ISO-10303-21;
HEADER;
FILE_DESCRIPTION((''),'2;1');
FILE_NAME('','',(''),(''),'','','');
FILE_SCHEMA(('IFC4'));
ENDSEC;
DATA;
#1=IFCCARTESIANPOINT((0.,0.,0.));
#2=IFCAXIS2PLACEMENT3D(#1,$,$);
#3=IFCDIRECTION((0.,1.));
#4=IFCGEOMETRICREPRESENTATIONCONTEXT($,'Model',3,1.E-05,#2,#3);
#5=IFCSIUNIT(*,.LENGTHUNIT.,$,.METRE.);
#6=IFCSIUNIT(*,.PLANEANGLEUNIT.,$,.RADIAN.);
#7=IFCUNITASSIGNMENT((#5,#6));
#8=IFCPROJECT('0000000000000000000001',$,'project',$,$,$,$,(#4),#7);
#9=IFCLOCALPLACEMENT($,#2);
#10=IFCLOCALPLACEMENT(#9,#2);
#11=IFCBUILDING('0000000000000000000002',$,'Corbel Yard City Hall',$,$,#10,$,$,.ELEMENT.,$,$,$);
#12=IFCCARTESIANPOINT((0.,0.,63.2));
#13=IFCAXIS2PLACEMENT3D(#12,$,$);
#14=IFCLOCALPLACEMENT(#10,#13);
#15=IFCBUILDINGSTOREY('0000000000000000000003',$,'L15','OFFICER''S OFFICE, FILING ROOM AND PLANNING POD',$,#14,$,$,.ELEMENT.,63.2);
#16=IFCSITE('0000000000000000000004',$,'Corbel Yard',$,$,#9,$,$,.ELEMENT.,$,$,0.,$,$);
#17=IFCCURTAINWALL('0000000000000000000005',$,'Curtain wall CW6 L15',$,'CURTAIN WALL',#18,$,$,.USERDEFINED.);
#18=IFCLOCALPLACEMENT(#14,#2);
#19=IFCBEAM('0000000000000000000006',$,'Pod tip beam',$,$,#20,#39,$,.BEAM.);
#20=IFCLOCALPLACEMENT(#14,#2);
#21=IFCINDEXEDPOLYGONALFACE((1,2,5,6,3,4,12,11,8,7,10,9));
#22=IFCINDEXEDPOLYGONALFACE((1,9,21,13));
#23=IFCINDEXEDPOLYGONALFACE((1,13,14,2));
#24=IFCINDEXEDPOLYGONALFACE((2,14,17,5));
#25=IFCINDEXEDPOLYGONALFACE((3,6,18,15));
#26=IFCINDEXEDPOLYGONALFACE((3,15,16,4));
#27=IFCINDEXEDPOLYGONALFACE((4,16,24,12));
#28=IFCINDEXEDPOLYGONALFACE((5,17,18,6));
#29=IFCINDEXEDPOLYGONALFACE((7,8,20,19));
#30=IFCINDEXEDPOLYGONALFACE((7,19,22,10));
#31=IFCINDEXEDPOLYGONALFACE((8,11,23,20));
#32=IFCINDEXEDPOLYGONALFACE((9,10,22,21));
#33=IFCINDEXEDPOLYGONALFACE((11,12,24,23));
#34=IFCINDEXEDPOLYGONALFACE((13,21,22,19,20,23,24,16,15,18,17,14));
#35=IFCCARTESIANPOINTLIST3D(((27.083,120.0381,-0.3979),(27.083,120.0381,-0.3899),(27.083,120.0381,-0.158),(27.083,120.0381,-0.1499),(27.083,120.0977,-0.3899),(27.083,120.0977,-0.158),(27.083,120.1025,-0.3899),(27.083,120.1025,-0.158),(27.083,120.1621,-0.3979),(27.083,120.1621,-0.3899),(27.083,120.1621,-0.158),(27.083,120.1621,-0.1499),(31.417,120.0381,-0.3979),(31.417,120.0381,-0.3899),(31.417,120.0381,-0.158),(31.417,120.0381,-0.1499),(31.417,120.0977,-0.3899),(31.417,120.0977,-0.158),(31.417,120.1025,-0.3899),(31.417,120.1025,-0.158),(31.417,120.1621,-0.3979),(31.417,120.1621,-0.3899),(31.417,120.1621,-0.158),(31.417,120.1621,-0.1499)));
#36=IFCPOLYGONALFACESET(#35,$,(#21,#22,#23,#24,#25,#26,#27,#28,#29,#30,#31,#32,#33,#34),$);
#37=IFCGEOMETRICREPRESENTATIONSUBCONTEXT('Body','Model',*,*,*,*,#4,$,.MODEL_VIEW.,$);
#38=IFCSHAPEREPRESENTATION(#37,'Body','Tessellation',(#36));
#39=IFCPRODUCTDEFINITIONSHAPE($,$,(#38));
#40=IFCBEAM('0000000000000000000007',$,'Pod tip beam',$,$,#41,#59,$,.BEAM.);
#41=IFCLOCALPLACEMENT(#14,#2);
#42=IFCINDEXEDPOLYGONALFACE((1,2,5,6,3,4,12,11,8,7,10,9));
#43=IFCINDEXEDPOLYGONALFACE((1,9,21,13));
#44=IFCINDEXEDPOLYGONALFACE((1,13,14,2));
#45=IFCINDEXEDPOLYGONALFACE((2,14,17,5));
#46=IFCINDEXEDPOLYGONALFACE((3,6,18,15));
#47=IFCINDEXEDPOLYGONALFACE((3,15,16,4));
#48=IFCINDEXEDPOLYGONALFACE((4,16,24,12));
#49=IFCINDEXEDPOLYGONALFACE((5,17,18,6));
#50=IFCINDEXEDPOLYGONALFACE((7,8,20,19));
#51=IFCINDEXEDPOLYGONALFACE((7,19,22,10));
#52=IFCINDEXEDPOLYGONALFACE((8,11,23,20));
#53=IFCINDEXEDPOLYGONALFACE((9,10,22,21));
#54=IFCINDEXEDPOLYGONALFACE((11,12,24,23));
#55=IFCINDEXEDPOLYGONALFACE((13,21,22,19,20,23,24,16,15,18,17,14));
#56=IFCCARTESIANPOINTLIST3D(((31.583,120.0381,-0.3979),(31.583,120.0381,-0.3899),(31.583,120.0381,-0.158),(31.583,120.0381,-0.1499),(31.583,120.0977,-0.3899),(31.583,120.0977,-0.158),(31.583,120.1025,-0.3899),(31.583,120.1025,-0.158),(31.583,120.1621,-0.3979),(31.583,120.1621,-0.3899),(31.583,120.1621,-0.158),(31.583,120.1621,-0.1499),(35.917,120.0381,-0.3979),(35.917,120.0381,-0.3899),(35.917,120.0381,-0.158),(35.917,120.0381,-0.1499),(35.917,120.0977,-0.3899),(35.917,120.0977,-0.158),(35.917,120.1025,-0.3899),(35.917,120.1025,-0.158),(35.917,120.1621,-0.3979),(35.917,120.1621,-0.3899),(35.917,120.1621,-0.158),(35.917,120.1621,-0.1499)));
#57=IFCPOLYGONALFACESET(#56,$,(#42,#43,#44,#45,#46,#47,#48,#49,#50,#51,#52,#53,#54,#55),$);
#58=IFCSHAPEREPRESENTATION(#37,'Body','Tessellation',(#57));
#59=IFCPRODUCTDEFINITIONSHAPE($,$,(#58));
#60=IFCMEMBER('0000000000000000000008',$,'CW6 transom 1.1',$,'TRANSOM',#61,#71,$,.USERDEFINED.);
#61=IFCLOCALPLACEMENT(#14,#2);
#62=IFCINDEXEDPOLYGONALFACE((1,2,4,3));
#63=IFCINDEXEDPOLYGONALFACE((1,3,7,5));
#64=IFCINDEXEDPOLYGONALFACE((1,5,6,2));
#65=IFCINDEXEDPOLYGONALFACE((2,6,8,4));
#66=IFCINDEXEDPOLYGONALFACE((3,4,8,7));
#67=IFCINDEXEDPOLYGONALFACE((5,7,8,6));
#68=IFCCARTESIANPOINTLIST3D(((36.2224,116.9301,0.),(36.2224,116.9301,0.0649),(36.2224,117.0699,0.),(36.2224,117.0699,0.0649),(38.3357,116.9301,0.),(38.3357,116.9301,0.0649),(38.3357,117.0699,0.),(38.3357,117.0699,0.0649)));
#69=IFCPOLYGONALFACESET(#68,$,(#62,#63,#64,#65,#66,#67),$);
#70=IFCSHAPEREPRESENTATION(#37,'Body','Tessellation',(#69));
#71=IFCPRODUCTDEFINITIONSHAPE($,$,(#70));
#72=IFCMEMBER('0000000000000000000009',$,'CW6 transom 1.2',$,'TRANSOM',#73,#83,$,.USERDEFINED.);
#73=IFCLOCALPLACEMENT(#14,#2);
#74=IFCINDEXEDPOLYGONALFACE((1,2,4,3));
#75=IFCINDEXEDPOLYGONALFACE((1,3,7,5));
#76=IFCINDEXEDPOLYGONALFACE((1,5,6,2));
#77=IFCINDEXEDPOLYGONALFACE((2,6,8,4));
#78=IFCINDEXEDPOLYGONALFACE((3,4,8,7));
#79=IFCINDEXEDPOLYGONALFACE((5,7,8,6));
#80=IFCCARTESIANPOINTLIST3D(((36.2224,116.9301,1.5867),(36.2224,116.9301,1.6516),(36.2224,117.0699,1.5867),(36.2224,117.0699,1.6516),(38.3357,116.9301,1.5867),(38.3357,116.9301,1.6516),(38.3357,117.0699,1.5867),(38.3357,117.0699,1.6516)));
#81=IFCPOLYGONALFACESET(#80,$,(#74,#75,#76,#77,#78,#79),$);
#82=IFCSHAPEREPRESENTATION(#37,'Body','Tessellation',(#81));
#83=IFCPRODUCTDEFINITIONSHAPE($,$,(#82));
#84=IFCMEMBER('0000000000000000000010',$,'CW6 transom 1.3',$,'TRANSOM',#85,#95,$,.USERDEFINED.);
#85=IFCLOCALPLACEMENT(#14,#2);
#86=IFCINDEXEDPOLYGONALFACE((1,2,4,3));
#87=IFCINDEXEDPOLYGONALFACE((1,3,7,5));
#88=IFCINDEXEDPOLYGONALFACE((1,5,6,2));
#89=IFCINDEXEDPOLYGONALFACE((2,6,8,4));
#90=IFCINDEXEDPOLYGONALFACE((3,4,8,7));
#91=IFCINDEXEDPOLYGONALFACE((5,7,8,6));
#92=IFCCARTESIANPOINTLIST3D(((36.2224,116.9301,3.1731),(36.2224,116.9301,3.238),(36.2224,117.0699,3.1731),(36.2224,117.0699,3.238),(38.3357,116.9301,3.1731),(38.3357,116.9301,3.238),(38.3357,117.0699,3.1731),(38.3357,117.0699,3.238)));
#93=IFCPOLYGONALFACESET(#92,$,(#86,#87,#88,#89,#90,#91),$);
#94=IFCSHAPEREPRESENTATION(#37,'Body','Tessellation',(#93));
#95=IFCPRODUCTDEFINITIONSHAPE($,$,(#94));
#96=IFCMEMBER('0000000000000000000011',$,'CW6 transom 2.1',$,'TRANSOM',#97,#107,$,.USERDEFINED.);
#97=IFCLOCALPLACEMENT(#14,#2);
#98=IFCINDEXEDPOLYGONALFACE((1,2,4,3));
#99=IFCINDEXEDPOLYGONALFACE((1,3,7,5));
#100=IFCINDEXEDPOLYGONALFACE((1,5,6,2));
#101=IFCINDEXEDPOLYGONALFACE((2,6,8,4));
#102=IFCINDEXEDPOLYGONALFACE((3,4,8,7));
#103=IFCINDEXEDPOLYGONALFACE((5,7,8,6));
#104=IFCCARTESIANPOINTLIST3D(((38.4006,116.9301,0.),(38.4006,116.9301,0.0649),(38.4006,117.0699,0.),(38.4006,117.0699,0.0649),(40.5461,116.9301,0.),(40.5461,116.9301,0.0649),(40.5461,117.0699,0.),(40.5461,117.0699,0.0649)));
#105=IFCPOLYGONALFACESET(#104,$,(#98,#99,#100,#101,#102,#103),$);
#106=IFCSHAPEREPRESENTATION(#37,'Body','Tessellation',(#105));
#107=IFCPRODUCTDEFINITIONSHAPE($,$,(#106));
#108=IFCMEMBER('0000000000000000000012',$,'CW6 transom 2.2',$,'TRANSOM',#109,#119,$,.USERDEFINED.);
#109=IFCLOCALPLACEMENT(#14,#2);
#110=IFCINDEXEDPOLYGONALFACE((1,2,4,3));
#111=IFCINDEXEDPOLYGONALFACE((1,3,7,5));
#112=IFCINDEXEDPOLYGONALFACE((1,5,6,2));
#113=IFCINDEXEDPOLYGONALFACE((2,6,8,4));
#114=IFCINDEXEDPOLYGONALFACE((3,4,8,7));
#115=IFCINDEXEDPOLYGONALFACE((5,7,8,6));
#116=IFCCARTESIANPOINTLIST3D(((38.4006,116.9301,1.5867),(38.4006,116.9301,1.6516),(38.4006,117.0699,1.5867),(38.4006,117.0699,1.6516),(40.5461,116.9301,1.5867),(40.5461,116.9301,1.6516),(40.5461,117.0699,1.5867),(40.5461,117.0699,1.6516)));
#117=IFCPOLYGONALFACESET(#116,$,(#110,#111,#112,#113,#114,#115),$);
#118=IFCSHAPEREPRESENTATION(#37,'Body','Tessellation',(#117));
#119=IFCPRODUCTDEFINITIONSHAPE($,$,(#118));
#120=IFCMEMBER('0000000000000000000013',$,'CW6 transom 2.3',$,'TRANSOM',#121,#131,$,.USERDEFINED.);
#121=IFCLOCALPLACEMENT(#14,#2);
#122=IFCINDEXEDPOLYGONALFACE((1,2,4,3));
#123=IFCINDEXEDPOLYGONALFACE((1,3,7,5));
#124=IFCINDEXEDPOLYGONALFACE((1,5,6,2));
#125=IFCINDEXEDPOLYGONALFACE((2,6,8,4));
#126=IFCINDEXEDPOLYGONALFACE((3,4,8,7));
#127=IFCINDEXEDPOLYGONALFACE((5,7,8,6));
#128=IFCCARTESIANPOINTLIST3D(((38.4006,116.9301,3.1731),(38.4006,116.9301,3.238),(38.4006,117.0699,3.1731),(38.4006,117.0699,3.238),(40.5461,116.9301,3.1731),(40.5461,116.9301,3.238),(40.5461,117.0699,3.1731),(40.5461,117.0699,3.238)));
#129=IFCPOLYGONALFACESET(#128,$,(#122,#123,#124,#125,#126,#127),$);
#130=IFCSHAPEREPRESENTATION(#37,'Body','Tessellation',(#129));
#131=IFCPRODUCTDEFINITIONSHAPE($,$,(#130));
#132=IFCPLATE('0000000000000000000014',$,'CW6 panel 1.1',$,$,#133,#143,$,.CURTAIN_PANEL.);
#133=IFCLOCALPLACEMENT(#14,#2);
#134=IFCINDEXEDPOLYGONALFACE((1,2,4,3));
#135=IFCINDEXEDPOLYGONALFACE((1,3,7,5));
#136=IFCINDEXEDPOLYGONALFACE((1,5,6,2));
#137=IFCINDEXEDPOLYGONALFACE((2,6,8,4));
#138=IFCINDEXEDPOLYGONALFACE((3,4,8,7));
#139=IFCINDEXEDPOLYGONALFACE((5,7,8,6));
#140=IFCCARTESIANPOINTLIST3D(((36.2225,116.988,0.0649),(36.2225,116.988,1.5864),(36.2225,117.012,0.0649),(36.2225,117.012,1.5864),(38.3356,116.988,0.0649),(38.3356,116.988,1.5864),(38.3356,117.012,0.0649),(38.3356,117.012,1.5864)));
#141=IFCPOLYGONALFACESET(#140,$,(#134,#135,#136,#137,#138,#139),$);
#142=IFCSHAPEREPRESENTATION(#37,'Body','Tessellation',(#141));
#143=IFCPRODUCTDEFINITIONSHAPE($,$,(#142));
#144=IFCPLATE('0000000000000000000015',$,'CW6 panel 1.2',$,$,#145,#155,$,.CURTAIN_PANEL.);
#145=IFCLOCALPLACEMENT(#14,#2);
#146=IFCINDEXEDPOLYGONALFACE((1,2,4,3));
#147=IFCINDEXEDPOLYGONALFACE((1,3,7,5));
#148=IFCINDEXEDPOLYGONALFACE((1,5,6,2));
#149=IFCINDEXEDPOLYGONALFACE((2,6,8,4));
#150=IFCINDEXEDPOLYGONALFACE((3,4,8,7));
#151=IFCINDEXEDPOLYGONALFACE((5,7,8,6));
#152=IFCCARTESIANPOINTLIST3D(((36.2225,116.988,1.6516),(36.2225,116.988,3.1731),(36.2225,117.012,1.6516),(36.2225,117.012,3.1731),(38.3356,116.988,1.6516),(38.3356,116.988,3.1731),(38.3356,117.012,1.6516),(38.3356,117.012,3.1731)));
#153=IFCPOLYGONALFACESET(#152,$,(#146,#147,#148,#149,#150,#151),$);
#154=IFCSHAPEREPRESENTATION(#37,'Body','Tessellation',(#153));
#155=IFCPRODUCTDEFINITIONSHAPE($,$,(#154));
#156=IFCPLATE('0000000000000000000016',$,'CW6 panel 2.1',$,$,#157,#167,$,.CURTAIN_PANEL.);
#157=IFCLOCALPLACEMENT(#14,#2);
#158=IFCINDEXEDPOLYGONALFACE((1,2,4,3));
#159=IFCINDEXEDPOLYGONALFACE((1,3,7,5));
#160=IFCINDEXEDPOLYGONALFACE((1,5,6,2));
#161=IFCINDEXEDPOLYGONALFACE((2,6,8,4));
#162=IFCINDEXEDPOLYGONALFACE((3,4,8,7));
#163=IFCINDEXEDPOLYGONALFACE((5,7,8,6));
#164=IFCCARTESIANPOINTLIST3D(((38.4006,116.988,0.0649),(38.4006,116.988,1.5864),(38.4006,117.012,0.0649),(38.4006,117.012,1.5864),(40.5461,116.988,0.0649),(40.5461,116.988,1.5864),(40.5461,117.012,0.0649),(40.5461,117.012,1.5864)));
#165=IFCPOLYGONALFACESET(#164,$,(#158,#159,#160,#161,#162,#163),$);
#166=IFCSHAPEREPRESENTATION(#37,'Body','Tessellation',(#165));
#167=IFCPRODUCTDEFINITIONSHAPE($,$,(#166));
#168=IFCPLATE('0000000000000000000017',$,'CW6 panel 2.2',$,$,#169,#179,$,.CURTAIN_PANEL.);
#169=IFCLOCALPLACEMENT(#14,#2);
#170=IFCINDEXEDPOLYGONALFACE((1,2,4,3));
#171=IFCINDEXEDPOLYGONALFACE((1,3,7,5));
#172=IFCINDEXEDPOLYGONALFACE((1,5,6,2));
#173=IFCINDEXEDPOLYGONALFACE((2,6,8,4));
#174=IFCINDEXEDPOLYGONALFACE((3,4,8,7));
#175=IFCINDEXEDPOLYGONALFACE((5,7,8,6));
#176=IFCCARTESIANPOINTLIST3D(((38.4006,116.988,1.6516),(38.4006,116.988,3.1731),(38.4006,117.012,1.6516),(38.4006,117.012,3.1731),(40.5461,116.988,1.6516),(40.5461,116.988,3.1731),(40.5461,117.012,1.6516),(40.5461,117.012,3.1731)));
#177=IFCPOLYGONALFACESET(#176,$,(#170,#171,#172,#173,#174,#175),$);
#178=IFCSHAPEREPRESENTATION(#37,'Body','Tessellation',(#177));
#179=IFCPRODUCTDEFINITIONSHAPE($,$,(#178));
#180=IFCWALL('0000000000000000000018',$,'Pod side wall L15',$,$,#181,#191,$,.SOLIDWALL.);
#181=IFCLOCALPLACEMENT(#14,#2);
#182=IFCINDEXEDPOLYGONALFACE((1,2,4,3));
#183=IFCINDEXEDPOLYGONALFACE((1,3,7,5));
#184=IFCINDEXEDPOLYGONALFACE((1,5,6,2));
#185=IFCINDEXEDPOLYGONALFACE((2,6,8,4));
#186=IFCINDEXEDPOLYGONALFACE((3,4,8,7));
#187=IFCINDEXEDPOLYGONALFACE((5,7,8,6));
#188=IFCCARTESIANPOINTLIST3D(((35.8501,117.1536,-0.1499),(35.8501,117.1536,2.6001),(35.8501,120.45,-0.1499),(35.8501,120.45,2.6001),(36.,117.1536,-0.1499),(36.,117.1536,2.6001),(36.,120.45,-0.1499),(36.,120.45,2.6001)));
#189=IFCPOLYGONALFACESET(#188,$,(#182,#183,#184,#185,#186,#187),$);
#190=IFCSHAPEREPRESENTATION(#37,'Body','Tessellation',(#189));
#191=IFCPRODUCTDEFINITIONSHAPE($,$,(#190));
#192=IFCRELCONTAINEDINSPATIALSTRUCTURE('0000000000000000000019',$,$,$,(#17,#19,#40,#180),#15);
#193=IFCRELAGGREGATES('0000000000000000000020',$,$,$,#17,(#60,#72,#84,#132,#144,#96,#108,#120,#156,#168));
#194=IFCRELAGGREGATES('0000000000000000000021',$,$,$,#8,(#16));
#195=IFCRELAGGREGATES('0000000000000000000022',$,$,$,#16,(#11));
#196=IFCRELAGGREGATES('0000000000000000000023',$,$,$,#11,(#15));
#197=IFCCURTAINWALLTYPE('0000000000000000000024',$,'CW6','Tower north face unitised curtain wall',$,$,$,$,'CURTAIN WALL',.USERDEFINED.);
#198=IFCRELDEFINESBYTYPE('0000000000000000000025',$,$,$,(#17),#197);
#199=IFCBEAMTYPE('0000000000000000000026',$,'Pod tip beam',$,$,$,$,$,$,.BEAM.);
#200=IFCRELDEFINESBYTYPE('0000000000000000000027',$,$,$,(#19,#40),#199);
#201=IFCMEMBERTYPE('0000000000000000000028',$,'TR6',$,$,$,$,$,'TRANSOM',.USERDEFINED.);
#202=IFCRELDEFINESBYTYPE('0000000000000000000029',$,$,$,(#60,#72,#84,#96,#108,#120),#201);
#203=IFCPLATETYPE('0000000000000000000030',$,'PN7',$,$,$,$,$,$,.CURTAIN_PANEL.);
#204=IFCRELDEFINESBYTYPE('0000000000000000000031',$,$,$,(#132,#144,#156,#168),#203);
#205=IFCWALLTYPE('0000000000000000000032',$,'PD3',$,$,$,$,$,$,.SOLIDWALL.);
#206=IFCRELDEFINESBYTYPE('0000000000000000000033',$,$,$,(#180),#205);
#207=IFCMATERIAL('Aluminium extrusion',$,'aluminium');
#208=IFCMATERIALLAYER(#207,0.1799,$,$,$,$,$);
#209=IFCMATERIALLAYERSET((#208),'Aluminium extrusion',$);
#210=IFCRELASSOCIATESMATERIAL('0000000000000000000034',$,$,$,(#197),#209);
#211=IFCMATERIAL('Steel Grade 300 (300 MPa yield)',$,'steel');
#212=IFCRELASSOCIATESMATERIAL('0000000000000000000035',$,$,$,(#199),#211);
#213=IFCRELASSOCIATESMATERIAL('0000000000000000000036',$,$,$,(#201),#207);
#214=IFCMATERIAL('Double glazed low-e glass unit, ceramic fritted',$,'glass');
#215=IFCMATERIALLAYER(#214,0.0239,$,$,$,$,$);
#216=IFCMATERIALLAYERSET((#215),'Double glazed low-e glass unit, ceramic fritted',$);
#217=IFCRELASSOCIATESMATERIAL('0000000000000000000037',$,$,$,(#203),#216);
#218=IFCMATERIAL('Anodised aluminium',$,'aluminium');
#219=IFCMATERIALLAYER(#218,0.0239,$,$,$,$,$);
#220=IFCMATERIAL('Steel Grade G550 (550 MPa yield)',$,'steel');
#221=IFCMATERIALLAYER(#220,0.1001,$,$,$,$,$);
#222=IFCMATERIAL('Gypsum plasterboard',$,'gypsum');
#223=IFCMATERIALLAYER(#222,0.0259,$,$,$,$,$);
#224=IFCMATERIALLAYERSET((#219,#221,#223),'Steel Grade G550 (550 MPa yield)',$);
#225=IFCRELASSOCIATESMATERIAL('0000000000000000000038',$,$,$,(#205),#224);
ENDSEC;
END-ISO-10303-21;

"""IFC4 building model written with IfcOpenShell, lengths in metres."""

from ifc_helpers import new_model, si_unit, direction, frame, frame_2d, origin, origin_2d, place, context, subcontext, project, spatial, rectangle, i_section, extrude, material, layer, layer_set, material_profile, profile_set, type_object, element, aggregate, save


model = new_model("IFC4")

# Units and contexts
model_context = context("Model", 3, precision=1e-05, world=origin(), true_north=direction((0.0, 1.0)))
body_context = subcontext(model_context, "Body", "Model", "MODEL_VIEW")
ifc_project = project(units=[si_unit("LENGTHUNIT", "METRE"), si_unit("PLANEANGLEUNIT", "RADIAN")], contexts=[model_context])

# Site, building, storey
site_placement = place(None, origin())
site = spatial("IfcSite", under=ifc_project, at=site_placement, Name="Corbel Yard", CompositionType="ELEMENT", RefElevation=0.0)
building_placement = place(site_placement, origin())
building = spatial("IfcBuilding", under=site, at=building_placement, Name="Corbel Yard City Hall", CompositionType="ELEMENT")
storey_placement = place(building_placement, frame((0.0, 0.0, 63.2)))
storey = spatial("IfcBuildingStorey", under=building, at=storey_placement, Name="L15", Description="OFFICER'S OFFICE, FILING ROOM AND PLANNING POD", CompositionType="ELEMENT", Elevation=63.2)

# Shared definitions
ifc_material_1 = material(Name="Steel Grade 300 (300 MPa yield)", Category="steel")

# Curtain wall
ifc_material_2 = material(Name="Aluminium extrusion", Category="aluminium")
ifc_layer_1 = layer(ifc_material_2, 0.1799)
ifc_layer_set_1 = layer_set([ifc_layer_1], Name="Aluminium extrusion")
curtain_wall_type = type_object("IfcCurtainWallType", Name="CW6", Description="Tower north face unitised curtain wall", ElementType="CURTAIN WALL", PredefinedType="USERDEFINED", material=ifc_layer_set_1)
curtain_wall_placement = place(storey_placement, origin())
curtain_wall = element("IfcCurtainWall", 1, at=curtain_wall_placement, inside=storey, type_object=curtain_wall_type, Name="Curtain wall CW6 L15", ObjectType="CURTAIN WALL", PredefinedType="USERDEFINED")

# Beams
ifc_material_profile_1 = material_profile(ifc_material_1, i_section(OverallWidth=0.124, OverallDepth=0.248, WebThickness=0.0049, FlangeThickness=0.0081, at=origin_2d()), Name="250UB25.7")
ifc_profile_set_1 = profile_set([ifc_material_profile_1], Name="Steel Grade 300 (300 MPa yield)")
beam_type_1 = type_object("IfcBeamType", Name="Pod tip beam", PredefinedType="BEAM", material=ifc_profile_set_1)
for number, where, z_axis, x_axis, name in (
    (2, (27.083, 120.1001, -0.2739), (1.0, 0.0, 0.0), (0.0, 1.0, 0.0), "Pod tip beam"),
    (3, (31.583, 120.1001, -0.2739), (1.0, 0.0, 0.0), (0.0, 1.0, 0.0), "Pod tip beam"),
):
    element("IfcBeam", number, at=place(storey_placement, frame(where, z_axis=z_axis, x_axis=x_axis)), inside=storey, type_object=beam_type_1, Name=name, PredefinedType="BEAM", context=body_context, shape_type="SweptSolid", body=[
        extrude(i_section(OverallWidth=0.124, OverallDepth=0.248, WebThickness=0.0049, FlangeThickness=0.0081, at=origin_2d()), origin(), (0.0, 0.0, 1.0), 4.334),
    ])

# Members
ifc_material_profile_2 = material_profile(ifc_material_2, rectangle(XDim=0.1399, YDim=0.0649, at=origin_2d()), Name="140x65")
ifc_profile_set_2 = profile_set([ifc_material_profile_2], Name="Aluminium extrusion")
member_type_1 = type_object("IfcMemberType", Name="TR6", ElementType="TRANSOM", PredefinedType="USERDEFINED", material=ifc_profile_set_2)
member_1_placement = place(storey_placement, frame((36.2224, 117.0, 0.0325), z_axis=(1.0, 0.0, 0.0), x_axis=(0.0, 1.0, 0.0)))
member_1 = element("IfcMember", 4, at=member_1_placement, type_object=member_type_1, Name="CW6 transom 1.1", ObjectType="TRANSOM", PredefinedType="USERDEFINED", context=body_context, shape_type="SweptSolid", body=[
    extrude(rectangle(XDim=0.1399, YDim=0.0649, at=origin_2d()), origin(), (0.0, 0.0, 1.0), 2.1133),
])
member_2_placement = place(storey_placement, frame((36.2224, 117.0, 1.6191), z_axis=(1.0, 0.0, 0.0), x_axis=(0.0, 1.0, 0.0)))
member_2 = element("IfcMember", 5, at=member_2_placement, type_object=member_type_1, Name="CW6 transom 1.2", ObjectType="TRANSOM", PredefinedType="USERDEFINED", context=body_context, shape_type="SweptSolid", body=[
    extrude(rectangle(XDim=0.1399, YDim=0.0649, at=origin_2d()), origin(), (0.0, 0.0, 1.0), 2.1133),
])
member_3_placement = place(storey_placement, frame((36.2224, 117.0, 3.2056), z_axis=(1.0, 0.0, 0.0), x_axis=(0.0, 1.0, 0.0)))
member_3 = element("IfcMember", 6, at=member_3_placement, type_object=member_type_1, Name="CW6 transom 1.3", ObjectType="TRANSOM", PredefinedType="USERDEFINED", context=body_context, shape_type="SweptSolid", body=[
    extrude(rectangle(XDim=0.1399, YDim=0.0649, at=origin_2d()), origin(), (0.0, 0.0, 1.0), 2.1133),
])
member_4_placement = place(storey_placement, frame((38.4006, 117.0, 0.0325), z_axis=(1.0, 0.0, 0.0), x_axis=(0.0, 1.0, 0.0)))
member_4 = element("IfcMember", 7, at=member_4_placement, type_object=member_type_1, Name="CW6 transom 2.1", ObjectType="TRANSOM", PredefinedType="USERDEFINED", context=body_context, shape_type="SweptSolid", body=[
    extrude(rectangle(XDim=0.1399, YDim=0.0649, at=origin_2d()), origin(), (0.0, 0.0, 1.0), 2.1455),
])
member_5_placement = place(storey_placement, frame((38.4006, 117.0, 1.6191), z_axis=(1.0, 0.0, 0.0), x_axis=(0.0, 1.0, 0.0)))
member_5 = element("IfcMember", 8, at=member_5_placement, type_object=member_type_1, Name="CW6 transom 2.2", ObjectType="TRANSOM", PredefinedType="USERDEFINED", context=body_context, shape_type="SweptSolid", body=[
    extrude(rectangle(XDim=0.1399, YDim=0.0649, at=origin_2d()), origin(), (0.0, 0.0, 1.0), 2.1455),
])
member_6_placement = place(storey_placement, frame((38.4006, 117.0, 3.2056), z_axis=(1.0, 0.0, 0.0), x_axis=(0.0, 1.0, 0.0)))
member_6 = element("IfcMember", 9, at=member_6_placement, type_object=member_type_1, Name="CW6 transom 2.3", ObjectType="TRANSOM", PredefinedType="USERDEFINED", context=body_context, shape_type="SweptSolid", body=[
    extrude(rectangle(XDim=0.1399, YDim=0.0649, at=origin_2d()), origin(), (0.0, 0.0, 1.0), 2.1455),
])

# Plates
ifc_material_3 = material(Name="Double glazed low-e glass unit, ceramic fritted", Category="glass")
ifc_layer_2 = layer(ifc_material_3, 0.0239)
ifc_layer_set_2 = layer_set([ifc_layer_2], Name="Double glazed low-e glass unit, ceramic fritted")
plate_type = type_object("IfcPlateType", Name="PN7", PredefinedType="CURTAIN_PANEL", material=ifc_layer_set_2)
plate_1_placement = place(storey_placement, frame((37.2791, 117.0, 0.0649), z_axis=(0.0, 0.0, 1.0), x_axis=(1.0, 0.0, 0.0)))
plate_1 = element("IfcPlate", 10, at=plate_1_placement, type_object=plate_type, Name="CW6 panel 1.1", PredefinedType="CURTAIN_PANEL", context=body_context, shape_type="SweptSolid", body=[
    extrude(rectangle(XDim=2.113, YDim=0.0239, at=origin_2d()), origin(), (0.0, 0.0, 1.0), 1.5215),
])
plate_2_placement = place(storey_placement, frame((37.2791, 117.0, 1.6516), z_axis=(0.0, 0.0, 1.0), x_axis=(1.0, 0.0, 0.0)))
plate_2 = element("IfcPlate", 11, at=plate_2_placement, type_object=plate_type, Name="CW6 panel 1.2", PredefinedType="CURTAIN_PANEL", context=body_context, shape_type="SweptSolid", body=[
    extrude(rectangle(XDim=2.113, YDim=0.0239, at=origin_2d()), origin(), (0.0, 0.0, 1.0), 1.5215),
])
plate_3_placement = place(storey_placement, frame((39.4734, 117.0, 0.0649), z_axis=(0.0, 0.0, 1.0), x_axis=(1.0, 0.0, 0.0)))
plate_3 = element("IfcPlate", 12, at=plate_3_placement, type_object=plate_type, Name="CW6 panel 2.1", PredefinedType="CURTAIN_PANEL", context=body_context, shape_type="SweptSolid", body=[
    extrude(rectangle(XDim=2.1455, YDim=0.0239, at=origin_2d()), origin(), (0.0, 0.0, 1.0), 1.5215),
])
plate_4_placement = place(storey_placement, frame((39.4734, 117.0, 1.6516), z_axis=(0.0, 0.0, 1.0), x_axis=(1.0, 0.0, 0.0)))
plate_4 = element("IfcPlate", 13, at=plate_4_placement, type_object=plate_type, Name="CW6 panel 2.2", PredefinedType="CURTAIN_PANEL", context=body_context, shape_type="SweptSolid", body=[
    extrude(rectangle(XDim=2.1455, YDim=0.0239, at=origin_2d()), origin(), (0.0, 0.0, 1.0), 1.5215),
])
aggregate(curtain_wall, [member_1, member_2, member_3, plate_1, plate_2, member_4, member_5, member_6, plate_3, plate_4])

# Wall
ifc_material_4 = material(Name="Anodised aluminium", Category="aluminium")
ifc_layer_3 = layer(ifc_material_4, 0.0239)
ifc_material_5 = material(Name="Steel Grade G550 (550 MPa yield)", Category="steel")
ifc_layer_4 = layer(ifc_material_5, 0.1001)
ifc_material_6 = material(Name="Gypsum plasterboard", Category="gypsum")
ifc_layer_5 = layer(ifc_material_6, 0.0259)
ifc_layer_set_3 = layer_set([ifc_layer_3, ifc_layer_4, ifc_layer_5], Name="Steel Grade G550 (550 MPa yield)")
wall_type_1 = type_object("IfcWallType", Name="PD3", PredefinedType="SOLIDWALL", material=ifc_layer_set_3)
wall_1_placement = place(storey_placement, frame((35.925, 120.45, -0.1499), z_axis=(0.0, 0.0, 1.0), x_axis=(0.0, -1.0, 0.0)))
element("IfcWall", 14, at=wall_1_placement, inside=storey, type_object=wall_type_1, Name="Pod side wall L15", PredefinedType="SOLIDWALL", context=body_context, shape_type="SweptSolid", body=[
    extrude(rectangle(XDim=3.2964, YDim=0.1499, at=frame_2d((1.6482, 0.0))), origin(), (0.0, 0.0, 1.0), 2.75),
])

save(model, "model.ifc")
